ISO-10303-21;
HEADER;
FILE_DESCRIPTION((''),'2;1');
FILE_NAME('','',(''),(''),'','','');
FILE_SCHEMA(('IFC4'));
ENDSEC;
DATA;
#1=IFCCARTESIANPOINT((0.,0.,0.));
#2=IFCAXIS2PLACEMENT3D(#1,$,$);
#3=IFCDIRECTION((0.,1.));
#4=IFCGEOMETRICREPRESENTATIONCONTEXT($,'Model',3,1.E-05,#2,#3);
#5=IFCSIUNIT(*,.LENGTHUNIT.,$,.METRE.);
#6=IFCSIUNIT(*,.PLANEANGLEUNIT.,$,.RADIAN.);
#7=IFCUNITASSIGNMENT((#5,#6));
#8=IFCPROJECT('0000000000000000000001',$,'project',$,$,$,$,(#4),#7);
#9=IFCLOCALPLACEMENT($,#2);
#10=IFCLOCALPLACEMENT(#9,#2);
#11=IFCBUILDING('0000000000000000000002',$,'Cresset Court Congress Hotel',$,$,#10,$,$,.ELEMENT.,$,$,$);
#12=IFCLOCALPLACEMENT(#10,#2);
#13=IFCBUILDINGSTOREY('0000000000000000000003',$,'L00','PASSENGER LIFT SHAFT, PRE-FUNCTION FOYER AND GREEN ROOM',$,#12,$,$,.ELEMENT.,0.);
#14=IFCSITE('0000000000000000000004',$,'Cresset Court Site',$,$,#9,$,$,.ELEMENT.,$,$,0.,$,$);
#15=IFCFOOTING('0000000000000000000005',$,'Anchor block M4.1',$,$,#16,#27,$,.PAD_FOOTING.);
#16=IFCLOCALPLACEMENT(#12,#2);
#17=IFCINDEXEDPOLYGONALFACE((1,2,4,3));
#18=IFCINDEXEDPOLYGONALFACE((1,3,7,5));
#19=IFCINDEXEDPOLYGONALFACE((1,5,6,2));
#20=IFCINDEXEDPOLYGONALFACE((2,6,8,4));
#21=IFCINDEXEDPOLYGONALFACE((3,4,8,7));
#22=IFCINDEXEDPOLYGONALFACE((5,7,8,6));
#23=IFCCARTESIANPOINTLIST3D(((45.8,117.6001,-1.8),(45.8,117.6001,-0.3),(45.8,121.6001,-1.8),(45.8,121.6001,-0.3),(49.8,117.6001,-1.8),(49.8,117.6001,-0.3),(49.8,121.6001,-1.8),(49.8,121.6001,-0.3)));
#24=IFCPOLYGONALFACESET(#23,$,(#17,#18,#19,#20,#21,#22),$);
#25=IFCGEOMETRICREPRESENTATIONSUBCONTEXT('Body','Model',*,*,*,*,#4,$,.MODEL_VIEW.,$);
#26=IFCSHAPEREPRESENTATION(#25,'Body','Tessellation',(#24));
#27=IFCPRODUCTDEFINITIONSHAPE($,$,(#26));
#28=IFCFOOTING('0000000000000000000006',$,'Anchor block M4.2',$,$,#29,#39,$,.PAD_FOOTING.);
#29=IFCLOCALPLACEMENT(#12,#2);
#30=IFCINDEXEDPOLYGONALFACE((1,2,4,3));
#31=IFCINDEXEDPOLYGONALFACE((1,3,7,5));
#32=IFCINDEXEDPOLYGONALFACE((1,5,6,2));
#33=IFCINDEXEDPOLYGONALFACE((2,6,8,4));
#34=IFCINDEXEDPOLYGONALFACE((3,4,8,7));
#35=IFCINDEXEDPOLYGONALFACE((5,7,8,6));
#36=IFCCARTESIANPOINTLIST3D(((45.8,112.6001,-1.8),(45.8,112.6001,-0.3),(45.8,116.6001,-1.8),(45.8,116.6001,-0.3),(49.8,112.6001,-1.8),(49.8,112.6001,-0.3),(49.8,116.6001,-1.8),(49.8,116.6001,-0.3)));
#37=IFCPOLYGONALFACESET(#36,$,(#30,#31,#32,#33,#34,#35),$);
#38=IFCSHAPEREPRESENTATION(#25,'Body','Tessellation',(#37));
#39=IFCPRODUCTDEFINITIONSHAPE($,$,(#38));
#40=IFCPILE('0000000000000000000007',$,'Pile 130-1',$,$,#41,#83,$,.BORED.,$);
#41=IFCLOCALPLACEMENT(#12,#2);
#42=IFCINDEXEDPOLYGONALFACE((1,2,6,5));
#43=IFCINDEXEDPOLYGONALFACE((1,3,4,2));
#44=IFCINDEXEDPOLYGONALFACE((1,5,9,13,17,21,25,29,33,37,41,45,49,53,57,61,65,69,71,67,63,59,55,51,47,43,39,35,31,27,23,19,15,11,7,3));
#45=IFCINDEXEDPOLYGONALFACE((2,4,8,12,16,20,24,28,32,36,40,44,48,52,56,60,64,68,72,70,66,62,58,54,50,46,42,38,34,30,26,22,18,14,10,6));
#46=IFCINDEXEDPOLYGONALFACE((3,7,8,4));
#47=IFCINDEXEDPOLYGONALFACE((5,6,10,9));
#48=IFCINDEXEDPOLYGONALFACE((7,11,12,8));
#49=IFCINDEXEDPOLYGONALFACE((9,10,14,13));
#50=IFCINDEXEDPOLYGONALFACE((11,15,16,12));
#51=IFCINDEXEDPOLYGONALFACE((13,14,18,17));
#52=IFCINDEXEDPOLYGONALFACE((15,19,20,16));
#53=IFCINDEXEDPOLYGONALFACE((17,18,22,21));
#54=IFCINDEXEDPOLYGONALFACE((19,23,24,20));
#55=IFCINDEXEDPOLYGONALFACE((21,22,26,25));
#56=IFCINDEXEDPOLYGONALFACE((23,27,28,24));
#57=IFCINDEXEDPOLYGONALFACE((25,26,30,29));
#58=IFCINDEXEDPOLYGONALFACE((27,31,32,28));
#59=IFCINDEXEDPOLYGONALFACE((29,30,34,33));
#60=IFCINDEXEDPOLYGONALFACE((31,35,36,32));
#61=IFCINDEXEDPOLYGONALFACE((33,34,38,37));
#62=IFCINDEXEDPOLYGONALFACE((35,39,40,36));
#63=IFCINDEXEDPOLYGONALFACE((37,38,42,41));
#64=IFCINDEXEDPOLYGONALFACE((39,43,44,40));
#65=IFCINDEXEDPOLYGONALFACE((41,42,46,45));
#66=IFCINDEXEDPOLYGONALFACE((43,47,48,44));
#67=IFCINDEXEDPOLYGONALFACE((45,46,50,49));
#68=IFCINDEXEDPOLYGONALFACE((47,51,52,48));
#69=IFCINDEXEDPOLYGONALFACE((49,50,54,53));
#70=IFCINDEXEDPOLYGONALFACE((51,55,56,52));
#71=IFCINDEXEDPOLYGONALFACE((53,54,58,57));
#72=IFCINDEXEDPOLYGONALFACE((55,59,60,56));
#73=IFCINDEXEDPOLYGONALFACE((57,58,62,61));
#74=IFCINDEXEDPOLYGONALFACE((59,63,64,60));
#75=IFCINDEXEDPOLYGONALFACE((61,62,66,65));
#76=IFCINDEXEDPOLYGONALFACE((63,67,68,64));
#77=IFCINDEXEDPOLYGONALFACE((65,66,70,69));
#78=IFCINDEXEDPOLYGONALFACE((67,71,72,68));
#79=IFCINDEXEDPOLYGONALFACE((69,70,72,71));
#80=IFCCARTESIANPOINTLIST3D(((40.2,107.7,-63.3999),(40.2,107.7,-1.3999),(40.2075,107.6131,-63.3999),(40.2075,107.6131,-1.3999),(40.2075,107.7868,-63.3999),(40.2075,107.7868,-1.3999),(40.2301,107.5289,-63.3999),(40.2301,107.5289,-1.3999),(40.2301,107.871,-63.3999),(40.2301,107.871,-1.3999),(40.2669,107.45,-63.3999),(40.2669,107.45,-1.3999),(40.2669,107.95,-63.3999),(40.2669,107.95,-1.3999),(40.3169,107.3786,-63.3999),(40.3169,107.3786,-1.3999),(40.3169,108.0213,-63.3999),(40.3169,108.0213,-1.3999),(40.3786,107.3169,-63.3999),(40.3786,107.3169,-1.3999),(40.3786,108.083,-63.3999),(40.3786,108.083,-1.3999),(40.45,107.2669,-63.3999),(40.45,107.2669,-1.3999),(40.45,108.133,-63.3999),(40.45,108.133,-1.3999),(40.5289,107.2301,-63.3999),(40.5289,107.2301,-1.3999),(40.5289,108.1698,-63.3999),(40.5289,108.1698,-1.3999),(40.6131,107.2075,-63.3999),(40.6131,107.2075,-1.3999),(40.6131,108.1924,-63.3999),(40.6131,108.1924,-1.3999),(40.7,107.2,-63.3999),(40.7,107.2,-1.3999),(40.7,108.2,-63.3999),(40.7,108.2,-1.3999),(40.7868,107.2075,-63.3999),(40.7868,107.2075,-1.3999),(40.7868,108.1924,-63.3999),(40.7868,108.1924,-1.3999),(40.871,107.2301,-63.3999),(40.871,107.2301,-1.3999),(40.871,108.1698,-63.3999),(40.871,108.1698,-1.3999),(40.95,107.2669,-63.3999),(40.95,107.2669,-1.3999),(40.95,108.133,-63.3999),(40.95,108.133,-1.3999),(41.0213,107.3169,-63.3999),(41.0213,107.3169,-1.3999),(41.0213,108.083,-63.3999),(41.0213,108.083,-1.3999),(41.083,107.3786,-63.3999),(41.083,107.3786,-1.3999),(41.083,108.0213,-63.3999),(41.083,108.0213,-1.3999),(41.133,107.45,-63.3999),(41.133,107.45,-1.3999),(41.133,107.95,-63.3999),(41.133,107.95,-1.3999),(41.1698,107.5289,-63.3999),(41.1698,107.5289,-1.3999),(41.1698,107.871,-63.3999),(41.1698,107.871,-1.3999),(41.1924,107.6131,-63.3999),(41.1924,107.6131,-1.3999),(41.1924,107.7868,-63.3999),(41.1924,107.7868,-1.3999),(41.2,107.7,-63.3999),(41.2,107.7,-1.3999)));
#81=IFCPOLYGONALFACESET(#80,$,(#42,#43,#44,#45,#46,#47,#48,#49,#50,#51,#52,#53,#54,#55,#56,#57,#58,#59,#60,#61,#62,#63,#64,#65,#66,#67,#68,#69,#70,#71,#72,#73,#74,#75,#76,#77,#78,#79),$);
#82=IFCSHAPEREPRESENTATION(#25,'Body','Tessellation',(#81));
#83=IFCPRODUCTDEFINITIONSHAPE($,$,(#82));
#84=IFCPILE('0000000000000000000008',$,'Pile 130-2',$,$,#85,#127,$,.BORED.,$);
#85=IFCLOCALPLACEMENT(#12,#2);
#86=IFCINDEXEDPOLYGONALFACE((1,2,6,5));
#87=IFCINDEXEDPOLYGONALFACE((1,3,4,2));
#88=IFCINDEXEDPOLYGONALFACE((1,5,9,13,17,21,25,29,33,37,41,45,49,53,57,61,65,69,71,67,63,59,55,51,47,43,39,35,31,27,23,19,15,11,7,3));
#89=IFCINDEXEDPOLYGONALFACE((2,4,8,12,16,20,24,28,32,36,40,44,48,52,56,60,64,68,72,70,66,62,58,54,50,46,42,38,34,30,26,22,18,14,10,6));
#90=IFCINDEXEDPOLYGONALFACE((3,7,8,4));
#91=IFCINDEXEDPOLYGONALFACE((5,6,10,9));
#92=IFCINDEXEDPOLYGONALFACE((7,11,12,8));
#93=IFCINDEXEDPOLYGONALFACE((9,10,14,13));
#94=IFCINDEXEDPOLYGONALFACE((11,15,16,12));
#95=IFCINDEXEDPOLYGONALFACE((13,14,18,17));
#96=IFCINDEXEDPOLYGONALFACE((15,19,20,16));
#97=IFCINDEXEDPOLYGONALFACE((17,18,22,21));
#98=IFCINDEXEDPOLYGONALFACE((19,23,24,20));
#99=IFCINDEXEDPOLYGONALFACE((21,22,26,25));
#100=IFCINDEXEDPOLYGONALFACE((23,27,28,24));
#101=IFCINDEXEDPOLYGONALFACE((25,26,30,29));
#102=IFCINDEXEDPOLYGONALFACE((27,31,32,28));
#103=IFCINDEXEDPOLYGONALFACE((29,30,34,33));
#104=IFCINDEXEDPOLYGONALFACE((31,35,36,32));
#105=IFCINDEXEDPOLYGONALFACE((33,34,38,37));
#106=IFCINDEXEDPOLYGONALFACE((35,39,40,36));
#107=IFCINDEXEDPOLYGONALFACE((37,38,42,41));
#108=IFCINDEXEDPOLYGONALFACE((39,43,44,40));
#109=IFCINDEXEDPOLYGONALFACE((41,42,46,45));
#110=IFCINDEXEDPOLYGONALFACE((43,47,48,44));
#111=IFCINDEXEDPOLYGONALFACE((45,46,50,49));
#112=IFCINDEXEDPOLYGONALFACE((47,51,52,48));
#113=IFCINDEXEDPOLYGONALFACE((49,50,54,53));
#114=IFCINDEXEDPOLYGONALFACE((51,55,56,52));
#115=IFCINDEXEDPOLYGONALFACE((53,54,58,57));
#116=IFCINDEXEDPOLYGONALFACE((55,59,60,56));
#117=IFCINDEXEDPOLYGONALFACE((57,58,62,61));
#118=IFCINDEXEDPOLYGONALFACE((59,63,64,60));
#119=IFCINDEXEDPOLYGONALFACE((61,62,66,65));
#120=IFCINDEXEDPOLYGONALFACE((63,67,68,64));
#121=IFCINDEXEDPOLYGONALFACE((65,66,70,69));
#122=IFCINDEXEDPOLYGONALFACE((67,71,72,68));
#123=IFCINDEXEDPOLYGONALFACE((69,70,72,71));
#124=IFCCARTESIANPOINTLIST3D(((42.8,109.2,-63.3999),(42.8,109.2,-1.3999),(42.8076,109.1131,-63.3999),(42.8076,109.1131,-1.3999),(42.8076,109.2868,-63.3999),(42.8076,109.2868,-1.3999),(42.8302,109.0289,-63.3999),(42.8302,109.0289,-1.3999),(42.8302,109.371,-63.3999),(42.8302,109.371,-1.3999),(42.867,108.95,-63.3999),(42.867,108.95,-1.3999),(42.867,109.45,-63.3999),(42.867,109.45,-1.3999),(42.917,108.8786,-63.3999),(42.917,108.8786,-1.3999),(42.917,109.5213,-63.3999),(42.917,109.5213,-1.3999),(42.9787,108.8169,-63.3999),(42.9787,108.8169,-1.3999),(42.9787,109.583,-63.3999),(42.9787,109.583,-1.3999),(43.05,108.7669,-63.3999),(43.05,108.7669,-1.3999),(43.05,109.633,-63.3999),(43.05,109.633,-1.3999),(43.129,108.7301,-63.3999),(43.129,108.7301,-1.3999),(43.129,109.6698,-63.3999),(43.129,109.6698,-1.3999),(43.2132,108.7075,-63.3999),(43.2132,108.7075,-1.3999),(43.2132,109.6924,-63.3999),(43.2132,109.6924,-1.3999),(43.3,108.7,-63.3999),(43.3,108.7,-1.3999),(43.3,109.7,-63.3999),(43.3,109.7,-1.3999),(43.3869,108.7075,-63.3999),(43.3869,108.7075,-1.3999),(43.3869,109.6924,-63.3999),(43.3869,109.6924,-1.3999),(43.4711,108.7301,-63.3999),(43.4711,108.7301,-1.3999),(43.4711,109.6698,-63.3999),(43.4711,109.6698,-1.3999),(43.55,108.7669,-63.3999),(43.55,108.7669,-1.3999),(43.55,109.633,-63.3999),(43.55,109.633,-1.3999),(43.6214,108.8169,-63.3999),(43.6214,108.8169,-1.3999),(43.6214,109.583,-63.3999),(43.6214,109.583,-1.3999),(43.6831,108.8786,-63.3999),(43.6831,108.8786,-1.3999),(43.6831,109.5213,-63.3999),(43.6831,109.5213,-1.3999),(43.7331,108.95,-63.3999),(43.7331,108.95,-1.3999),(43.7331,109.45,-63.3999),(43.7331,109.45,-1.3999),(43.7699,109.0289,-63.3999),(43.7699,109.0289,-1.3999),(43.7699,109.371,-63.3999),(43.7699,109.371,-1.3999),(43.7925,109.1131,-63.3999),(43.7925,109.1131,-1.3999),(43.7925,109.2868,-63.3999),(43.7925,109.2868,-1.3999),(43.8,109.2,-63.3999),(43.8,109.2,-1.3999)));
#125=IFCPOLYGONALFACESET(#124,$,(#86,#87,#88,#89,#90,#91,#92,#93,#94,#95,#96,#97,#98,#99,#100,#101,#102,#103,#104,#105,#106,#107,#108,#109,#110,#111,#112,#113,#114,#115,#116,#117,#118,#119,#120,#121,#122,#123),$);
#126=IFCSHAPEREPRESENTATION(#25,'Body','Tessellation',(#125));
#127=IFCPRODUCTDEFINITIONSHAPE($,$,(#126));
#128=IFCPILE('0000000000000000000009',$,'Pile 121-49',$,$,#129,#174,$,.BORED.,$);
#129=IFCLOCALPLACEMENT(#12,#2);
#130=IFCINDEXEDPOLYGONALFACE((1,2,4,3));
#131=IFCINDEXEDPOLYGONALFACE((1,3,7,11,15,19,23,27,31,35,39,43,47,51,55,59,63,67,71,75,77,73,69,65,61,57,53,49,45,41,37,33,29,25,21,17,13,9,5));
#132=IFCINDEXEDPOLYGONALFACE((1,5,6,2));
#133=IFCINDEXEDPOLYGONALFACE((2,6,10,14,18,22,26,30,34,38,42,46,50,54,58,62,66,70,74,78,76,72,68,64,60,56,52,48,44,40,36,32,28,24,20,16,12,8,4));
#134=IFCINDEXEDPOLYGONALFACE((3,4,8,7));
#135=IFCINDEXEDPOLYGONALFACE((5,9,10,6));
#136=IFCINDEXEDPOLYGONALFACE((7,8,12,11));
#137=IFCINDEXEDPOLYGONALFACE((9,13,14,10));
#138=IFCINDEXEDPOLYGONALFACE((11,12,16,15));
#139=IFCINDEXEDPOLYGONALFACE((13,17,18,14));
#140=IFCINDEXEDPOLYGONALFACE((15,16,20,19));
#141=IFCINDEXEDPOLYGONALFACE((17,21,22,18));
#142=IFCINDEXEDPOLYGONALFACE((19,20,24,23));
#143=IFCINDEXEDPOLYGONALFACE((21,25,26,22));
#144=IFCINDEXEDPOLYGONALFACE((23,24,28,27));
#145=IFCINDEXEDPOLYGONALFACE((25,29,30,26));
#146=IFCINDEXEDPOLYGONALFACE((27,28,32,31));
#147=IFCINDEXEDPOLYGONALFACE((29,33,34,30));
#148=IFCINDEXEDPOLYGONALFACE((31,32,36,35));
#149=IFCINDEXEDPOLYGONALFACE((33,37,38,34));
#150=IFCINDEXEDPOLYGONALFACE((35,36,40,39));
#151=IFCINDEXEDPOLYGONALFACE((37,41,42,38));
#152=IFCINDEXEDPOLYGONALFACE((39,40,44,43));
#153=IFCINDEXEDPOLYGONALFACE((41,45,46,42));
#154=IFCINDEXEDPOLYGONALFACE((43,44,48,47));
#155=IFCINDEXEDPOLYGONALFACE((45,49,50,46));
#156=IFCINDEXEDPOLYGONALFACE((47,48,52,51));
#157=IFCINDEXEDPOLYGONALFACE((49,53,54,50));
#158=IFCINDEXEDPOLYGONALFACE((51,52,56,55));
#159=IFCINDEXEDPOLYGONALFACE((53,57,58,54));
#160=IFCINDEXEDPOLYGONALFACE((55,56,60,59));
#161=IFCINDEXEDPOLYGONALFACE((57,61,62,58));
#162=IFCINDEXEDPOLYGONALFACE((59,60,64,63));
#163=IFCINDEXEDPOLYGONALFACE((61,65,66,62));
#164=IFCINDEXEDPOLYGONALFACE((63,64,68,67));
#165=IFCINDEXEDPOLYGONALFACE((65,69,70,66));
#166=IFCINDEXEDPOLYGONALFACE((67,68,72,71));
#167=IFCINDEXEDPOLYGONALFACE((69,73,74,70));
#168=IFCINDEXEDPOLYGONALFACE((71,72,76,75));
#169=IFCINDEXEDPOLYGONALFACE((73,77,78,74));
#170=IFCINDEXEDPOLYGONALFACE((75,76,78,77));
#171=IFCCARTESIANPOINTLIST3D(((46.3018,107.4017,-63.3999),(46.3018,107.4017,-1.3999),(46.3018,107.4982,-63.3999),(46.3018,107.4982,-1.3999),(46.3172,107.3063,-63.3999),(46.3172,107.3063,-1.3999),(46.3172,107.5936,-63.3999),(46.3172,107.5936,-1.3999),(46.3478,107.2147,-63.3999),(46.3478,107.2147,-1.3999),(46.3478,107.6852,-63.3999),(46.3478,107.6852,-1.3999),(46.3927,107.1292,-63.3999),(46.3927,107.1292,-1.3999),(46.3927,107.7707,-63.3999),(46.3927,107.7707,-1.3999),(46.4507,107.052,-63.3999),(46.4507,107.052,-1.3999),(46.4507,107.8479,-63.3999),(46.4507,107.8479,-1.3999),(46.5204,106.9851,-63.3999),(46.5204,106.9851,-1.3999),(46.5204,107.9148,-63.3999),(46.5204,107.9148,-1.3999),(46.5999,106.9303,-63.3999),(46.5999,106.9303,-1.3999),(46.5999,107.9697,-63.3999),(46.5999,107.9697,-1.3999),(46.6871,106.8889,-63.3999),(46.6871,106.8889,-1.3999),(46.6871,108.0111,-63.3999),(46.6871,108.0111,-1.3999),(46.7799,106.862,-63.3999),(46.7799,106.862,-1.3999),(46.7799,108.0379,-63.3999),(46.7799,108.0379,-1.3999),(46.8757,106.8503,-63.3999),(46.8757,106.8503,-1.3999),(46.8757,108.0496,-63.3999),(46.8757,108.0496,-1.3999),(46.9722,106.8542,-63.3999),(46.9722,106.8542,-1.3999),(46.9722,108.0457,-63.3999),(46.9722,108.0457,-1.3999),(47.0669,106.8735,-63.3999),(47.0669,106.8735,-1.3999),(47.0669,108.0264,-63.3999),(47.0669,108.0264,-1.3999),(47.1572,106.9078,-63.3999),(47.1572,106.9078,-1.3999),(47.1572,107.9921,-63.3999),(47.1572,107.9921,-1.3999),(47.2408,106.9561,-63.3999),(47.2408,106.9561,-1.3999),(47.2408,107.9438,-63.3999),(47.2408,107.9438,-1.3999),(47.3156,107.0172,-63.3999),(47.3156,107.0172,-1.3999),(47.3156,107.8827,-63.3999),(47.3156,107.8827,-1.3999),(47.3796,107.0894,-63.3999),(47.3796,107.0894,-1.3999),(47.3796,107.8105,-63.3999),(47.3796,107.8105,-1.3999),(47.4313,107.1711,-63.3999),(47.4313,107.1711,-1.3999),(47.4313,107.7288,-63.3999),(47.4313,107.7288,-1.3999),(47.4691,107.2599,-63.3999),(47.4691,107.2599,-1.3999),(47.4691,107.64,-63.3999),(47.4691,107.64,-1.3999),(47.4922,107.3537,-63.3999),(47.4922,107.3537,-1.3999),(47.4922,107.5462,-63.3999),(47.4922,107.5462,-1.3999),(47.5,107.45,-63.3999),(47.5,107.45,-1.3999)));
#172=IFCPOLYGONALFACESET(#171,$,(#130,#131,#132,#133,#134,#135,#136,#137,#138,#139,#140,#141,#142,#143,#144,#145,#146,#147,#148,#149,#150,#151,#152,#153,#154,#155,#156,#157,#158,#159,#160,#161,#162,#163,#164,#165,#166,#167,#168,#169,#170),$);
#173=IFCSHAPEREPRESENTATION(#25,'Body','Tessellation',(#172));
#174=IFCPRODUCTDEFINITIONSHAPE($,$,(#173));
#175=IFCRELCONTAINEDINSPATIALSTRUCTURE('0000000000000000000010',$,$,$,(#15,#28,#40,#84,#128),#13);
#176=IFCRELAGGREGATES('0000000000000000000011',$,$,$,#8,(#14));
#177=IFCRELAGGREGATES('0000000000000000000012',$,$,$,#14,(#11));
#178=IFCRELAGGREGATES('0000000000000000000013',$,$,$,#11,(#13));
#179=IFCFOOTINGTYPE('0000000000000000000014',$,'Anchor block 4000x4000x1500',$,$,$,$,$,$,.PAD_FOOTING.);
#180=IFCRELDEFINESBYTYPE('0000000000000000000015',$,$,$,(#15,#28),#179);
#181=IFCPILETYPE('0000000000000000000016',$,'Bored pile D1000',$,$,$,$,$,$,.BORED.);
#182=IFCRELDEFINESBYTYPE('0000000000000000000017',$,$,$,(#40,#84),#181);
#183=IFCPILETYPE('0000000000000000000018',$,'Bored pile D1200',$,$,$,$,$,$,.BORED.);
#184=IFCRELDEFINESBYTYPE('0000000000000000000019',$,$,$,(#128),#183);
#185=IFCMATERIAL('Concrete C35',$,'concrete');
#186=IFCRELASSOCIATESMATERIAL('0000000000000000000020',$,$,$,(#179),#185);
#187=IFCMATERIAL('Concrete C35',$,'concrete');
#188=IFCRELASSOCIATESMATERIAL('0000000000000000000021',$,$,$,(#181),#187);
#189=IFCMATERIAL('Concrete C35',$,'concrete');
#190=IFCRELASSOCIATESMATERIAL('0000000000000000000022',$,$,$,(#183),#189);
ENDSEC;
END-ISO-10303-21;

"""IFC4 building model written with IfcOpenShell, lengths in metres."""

from ifc_helpers import new_model, si_unit, direction, frame, origin, origin_2d, place, context, subcontext, project, spatial, rectangle, circle, extrude, material, type_object, element, save


model = new_model("IFC4")

# Units and contexts
model_context = context("Model", 3, precision=1e-05, world=origin(), true_north=direction((0.0, 1.0)))
body_context = subcontext(model_context, "Body", "Model", "MODEL_VIEW")
ifc_project = project(units=[si_unit("LENGTHUNIT", "METRE"), si_unit("PLANEANGLEUNIT", "RADIAN")], contexts=[model_context])

# Site, building, storey
site_placement = place(None, origin())
site = spatial("IfcSite", under=ifc_project, at=site_placement, Name="Cresset Court Site", CompositionType="ELEMENT", RefElevation=0.0)
building_placement = place(site_placement, origin())
building = spatial("IfcBuilding", under=site, at=building_placement, Name="Cresset Court Congress Hotel", CompositionType="ELEMENT")
storey_placement = place(building_placement, origin())
storey = spatial("IfcBuildingStorey", under=building, at=storey_placement, Name="L00", Description="PASSENGER LIFT SHAFT, PRE-FUNCTION FOYER AND GREEN ROOM", CompositionType="ELEMENT", Elevation=0.0)

# Footings
ifc_material_1 = material(Name="Concrete C35", Category="concrete")
footing_type = type_object("IfcFootingType", Name="Anchor block 4000x4000x1500", PredefinedType="PAD_FOOTING", material=ifc_material_1)
for number, where, z_axis, x_axis, name in (
    (1, (47.8, 119.6001, -1.8), (0.0, 0.0, 1.0), (1.0, 0.0, 0.0), "Anchor block M4.1"),
    (2, (47.8, 114.6001, -1.8), (0.0, 0.0, 1.0), (1.0, 0.0, 0.0), "Anchor block M4.2"),
):
    element("IfcFooting", number, at=place(storey_placement, frame(where, z_axis=z_axis, x_axis=x_axis)), inside=storey, type_object=footing_type, Name=name, PredefinedType="PAD_FOOTING", context=body_context, shape_type="SweptSolid", body=[
        extrude(rectangle(XDim=4.0, YDim=4.0, at=origin_2d()), origin(), (0.0, 0.0, 1.0), 1.5),
    ])

# Piles
ifc_material_2 = material(Name="Concrete C35", Category="concrete")
pile_type_1 = type_object("IfcPileType", Name="Bored pile D1000", PredefinedType="BORED", material=ifc_material_2)
for number, where, z_axis, x_axis, name in (
    (3, (40.7, 107.7, -1.3999), (0.0, 0.0, -1.0), (1.0, 0.0, 0.0), "Pile 130-1"),
    (4, (43.3, 109.2, -1.3999), (0.0, 0.0, -1.0), (1.0, 0.0, 0.0), "Pile 130-2"),
):
    element("IfcPile", number, at=place(storey_placement, frame(where, z_axis=z_axis, x_axis=x_axis)), inside=storey, type_object=pile_type_1, Name=name, PredefinedType="BORED", context=body_context, shape_type="SweptSolid", body=[
        extrude(circle(Radius=0.5, at=origin_2d()), origin(), (0.0, 0.0, 1.0), 62.0),
    ])
ifc_material_3 = material(Name="Concrete C35", Category="concrete")
pile_type_2 = type_object("IfcPileType", Name="Bored pile D1200", PredefinedType="BORED", material=ifc_material_3)
pile_placement = place(storey_placement, frame((46.8999, 107.45, -1.3999), z_axis=(0.0, 0.0, -1.0), x_axis=(1.0, 0.0, 0.0)))
element("IfcPile", 5, at=pile_placement, inside=storey, type_object=pile_type_2, Name="Pile 121-49", PredefinedType="BORED", context=body_context, shape_type="SweptSolid", body=[
    extrude(circle(Radius=0.6001, at=origin_2d()), origin(), (0.0, 0.0, 1.0), 62.0),
])

save(model, "model.ifc")
